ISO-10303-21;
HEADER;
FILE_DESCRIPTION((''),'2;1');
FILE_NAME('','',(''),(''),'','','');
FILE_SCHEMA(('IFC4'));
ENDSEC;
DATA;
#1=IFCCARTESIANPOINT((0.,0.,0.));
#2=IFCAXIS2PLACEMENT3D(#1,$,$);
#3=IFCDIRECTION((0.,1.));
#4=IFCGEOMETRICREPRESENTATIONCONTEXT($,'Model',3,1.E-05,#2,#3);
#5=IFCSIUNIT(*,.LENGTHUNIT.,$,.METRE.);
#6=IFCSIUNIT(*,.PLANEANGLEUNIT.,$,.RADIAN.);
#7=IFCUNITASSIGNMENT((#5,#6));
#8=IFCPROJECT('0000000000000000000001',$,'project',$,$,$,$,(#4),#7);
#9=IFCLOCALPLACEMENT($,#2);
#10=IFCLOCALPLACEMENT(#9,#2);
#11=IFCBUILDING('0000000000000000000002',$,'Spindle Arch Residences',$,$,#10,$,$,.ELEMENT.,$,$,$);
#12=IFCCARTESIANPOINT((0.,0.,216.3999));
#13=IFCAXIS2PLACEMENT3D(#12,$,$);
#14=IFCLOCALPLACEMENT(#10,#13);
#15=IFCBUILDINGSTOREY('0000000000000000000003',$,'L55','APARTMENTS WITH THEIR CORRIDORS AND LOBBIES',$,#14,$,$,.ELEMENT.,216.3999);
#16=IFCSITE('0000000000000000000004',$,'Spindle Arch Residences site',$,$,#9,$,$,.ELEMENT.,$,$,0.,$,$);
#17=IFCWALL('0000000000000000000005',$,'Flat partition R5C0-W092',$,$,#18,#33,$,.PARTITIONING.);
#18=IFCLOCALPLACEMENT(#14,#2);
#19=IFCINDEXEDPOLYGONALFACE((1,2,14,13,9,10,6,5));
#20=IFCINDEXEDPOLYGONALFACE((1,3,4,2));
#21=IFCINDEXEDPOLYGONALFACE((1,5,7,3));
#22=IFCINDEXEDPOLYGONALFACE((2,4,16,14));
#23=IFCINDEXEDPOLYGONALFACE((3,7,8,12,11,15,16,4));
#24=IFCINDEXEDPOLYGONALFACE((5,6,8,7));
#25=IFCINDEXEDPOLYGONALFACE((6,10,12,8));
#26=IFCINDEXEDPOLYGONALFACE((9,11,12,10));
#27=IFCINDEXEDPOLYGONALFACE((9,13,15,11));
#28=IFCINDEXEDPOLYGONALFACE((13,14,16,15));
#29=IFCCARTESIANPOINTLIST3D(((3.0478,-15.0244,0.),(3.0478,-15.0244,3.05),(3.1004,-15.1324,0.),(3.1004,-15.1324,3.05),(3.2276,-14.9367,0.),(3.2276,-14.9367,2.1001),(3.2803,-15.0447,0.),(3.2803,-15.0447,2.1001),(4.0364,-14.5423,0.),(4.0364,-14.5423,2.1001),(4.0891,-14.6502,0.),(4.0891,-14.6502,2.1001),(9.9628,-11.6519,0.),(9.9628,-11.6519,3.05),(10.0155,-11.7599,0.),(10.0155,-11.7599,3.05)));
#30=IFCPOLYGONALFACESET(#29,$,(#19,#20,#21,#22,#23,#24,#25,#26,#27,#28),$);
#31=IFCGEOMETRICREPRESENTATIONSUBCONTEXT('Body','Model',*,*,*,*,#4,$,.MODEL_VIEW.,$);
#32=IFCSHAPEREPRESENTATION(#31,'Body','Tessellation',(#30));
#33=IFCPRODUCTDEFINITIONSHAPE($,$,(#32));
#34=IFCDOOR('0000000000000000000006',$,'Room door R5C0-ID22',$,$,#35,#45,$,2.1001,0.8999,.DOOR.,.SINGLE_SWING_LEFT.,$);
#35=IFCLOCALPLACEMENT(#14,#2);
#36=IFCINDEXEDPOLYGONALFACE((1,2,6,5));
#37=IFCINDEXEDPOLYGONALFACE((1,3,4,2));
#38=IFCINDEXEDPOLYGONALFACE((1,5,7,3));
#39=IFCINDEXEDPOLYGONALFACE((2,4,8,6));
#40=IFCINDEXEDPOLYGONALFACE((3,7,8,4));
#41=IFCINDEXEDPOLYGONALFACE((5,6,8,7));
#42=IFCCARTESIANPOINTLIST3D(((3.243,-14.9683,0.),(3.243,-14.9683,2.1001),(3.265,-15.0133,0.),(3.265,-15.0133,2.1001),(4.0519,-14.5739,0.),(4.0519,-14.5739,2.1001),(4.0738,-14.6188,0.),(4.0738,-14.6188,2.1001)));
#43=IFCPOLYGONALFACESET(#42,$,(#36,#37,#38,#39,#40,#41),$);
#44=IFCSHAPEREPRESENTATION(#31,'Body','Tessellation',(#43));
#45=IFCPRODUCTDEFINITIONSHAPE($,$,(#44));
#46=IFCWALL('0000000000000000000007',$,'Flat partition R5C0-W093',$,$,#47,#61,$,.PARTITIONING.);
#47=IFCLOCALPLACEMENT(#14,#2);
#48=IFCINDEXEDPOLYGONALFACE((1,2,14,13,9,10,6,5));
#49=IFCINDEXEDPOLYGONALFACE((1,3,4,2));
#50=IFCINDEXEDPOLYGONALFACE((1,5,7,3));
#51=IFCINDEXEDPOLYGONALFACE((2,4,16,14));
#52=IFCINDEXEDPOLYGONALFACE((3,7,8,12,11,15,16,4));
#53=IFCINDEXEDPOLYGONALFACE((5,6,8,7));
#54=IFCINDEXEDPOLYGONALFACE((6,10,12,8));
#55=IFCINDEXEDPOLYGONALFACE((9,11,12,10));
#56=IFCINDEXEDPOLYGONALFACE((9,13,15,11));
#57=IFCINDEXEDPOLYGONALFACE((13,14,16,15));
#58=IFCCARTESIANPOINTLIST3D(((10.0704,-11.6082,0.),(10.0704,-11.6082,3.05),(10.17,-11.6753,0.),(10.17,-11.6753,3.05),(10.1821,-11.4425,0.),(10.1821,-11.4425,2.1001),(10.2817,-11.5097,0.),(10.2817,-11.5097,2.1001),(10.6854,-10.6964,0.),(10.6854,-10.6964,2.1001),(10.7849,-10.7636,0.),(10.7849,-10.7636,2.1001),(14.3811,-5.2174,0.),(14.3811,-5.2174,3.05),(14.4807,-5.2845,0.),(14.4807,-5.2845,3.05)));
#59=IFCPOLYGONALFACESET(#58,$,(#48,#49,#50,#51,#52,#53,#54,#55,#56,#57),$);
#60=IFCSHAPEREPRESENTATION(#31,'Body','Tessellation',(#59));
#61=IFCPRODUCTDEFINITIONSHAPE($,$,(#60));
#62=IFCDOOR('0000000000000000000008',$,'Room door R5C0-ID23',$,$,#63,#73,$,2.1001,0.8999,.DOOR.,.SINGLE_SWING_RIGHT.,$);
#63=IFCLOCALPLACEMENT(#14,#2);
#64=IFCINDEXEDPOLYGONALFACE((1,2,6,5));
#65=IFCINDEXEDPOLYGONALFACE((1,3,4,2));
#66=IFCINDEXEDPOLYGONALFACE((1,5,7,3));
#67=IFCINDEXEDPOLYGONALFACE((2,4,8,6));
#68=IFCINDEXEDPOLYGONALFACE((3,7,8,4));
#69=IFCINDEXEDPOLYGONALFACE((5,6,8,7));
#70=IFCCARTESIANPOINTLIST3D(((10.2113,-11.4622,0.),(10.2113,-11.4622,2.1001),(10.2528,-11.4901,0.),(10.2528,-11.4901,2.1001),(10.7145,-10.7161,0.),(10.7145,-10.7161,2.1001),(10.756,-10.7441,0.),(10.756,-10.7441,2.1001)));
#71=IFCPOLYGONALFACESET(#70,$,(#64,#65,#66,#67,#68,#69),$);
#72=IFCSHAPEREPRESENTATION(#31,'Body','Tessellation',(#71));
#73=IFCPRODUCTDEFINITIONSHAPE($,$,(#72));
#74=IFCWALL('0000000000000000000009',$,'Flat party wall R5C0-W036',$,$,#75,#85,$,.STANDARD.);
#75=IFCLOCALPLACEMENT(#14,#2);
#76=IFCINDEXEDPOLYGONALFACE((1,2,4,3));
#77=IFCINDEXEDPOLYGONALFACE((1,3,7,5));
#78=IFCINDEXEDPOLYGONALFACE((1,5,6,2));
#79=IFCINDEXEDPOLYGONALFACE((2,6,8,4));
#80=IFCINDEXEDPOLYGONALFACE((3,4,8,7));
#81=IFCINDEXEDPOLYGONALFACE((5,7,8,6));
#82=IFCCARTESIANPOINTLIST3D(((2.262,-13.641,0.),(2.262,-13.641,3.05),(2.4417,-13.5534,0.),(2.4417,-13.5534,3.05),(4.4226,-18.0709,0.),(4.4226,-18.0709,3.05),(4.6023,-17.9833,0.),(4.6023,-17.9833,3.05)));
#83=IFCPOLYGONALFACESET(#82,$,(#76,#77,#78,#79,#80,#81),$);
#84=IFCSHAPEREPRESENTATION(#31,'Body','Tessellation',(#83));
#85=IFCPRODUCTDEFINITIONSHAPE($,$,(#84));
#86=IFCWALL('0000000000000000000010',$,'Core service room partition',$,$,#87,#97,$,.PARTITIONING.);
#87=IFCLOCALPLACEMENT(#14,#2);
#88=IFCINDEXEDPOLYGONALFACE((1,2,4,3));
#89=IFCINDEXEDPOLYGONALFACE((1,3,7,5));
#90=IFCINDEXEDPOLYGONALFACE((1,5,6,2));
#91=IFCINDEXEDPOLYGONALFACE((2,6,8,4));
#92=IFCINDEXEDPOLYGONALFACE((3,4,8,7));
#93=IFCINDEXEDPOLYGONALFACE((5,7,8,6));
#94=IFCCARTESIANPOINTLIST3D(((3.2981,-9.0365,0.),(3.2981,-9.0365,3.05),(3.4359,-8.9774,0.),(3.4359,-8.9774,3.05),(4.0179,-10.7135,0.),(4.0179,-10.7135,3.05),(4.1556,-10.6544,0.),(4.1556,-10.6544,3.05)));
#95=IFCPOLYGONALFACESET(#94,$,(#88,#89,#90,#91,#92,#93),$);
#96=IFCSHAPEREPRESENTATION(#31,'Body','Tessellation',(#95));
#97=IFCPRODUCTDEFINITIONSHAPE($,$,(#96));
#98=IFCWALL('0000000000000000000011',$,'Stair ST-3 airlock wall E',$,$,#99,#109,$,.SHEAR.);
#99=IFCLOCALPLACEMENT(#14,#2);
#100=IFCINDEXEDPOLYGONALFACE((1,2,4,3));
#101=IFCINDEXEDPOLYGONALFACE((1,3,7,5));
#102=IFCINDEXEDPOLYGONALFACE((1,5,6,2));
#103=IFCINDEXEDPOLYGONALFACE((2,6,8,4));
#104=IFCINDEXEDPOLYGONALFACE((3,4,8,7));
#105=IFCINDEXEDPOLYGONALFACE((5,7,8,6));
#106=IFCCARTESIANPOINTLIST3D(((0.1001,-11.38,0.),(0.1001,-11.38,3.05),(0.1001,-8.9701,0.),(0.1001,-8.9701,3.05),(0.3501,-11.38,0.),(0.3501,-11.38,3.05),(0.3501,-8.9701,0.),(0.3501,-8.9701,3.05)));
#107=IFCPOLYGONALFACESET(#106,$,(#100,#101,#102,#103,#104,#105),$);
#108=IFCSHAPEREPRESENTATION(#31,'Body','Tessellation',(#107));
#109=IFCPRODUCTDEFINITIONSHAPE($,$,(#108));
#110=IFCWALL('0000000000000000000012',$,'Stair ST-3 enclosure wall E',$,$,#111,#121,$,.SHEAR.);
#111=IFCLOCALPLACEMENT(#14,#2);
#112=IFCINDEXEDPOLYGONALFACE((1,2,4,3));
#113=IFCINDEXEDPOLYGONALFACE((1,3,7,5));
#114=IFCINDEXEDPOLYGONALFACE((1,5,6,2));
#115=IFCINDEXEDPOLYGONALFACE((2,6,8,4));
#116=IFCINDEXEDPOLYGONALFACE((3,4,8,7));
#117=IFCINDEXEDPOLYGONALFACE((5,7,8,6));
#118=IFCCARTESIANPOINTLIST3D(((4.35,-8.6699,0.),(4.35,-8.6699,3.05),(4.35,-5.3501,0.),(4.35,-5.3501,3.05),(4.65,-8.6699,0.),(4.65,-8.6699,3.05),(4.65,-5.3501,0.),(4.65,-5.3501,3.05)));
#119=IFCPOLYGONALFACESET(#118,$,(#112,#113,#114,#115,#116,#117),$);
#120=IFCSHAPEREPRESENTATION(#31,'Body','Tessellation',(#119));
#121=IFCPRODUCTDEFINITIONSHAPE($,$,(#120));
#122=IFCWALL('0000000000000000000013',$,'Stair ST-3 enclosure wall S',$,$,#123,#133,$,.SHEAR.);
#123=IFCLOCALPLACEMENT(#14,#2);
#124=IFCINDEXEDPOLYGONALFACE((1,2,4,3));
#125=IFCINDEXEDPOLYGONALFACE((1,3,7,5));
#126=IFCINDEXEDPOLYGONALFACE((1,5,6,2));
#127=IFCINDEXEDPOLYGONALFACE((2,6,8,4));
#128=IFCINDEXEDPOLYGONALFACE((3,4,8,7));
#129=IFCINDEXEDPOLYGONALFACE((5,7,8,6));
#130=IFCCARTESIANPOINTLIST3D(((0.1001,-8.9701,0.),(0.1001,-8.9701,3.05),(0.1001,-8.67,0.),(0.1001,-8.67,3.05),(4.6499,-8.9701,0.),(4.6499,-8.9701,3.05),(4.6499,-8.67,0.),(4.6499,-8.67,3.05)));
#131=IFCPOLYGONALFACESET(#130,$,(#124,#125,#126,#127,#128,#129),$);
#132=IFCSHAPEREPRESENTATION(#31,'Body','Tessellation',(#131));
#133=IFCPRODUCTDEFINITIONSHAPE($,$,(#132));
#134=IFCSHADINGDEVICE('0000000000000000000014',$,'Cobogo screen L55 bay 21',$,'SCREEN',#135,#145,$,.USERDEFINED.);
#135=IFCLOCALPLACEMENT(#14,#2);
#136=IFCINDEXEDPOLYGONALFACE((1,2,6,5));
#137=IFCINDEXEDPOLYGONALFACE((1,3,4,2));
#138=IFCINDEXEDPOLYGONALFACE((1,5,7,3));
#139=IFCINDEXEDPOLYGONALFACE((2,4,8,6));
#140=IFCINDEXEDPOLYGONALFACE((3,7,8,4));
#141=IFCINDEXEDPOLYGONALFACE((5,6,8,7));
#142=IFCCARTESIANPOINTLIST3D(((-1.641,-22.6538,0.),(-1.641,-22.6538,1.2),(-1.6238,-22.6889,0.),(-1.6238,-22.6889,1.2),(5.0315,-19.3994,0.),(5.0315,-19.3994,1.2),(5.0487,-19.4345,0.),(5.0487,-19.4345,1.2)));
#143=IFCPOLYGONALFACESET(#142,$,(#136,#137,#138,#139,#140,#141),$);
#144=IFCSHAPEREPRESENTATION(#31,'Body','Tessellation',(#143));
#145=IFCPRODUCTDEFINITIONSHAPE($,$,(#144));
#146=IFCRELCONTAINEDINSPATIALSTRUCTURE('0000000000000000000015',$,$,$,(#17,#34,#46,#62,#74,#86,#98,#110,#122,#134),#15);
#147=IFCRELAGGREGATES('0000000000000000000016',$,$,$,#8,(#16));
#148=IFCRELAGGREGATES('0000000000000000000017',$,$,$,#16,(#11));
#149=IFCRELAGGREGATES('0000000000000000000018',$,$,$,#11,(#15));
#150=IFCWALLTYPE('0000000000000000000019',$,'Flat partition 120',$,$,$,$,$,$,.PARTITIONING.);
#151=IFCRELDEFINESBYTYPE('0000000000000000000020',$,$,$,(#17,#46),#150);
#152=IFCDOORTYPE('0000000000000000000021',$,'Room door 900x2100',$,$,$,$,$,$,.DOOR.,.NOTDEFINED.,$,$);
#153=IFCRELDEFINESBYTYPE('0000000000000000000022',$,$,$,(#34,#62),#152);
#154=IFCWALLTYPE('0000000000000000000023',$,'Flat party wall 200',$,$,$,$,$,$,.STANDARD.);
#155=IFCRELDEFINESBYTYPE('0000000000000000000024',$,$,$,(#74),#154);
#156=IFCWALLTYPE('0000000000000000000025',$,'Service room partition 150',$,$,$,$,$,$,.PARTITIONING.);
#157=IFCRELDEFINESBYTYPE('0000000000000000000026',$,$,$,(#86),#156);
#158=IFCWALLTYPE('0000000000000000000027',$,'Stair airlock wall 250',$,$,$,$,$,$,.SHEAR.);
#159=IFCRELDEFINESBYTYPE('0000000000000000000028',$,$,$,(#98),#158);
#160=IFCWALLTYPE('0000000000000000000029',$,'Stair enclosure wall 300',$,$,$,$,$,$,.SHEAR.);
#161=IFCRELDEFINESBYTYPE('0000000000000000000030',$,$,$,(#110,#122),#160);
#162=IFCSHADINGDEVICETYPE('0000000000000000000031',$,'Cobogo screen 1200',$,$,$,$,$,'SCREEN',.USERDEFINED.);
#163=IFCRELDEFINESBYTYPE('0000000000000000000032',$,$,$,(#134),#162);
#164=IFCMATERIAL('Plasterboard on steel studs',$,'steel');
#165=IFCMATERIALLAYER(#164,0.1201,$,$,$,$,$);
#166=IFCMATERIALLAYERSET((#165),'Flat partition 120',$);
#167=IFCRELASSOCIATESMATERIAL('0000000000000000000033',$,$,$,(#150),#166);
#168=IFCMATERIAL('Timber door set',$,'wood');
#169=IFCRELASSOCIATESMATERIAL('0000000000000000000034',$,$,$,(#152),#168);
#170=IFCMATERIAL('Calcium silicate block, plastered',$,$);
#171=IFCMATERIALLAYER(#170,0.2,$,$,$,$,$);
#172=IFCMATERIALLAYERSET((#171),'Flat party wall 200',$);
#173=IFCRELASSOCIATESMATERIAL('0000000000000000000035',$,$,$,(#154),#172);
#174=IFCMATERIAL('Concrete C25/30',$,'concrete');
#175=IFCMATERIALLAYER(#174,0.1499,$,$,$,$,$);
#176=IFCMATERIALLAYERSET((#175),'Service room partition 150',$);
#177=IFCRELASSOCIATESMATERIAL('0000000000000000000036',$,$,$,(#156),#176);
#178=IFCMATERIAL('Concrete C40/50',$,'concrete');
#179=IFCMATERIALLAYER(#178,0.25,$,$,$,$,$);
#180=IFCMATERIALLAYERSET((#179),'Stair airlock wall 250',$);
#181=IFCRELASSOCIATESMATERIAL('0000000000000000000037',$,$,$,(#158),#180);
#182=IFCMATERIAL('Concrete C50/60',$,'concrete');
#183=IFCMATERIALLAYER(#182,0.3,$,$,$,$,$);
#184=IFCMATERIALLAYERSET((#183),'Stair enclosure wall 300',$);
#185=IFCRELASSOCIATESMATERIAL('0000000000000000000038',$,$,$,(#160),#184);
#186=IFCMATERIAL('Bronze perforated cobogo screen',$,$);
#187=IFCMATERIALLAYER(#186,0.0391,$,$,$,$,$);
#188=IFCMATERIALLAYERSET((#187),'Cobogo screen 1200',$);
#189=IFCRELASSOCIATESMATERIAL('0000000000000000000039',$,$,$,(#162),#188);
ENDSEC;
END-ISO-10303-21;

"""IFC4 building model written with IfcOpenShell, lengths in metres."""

from ifc_helpers import new_model, si_unit, direction, frame, frame_2d, origin, origin_2d, place, context, subcontext, project, spatial, rectangle, extrude, material, layer, layer_set, type_object, element, fill, save


model = new_model("IFC4")

# Units and contexts
model_context = context("Model", 3, precision=1e-05, world=origin(), true_north=direction((0.0, 1.0)))
body_context = subcontext(model_context, "Body", "Model", "MODEL_VIEW")
ifc_project = project(units=[si_unit("LENGTHUNIT", "METRE"), si_unit("PLANEANGLEUNIT", "RADIAN")], contexts=[model_context])

# Site, building, storey
site_placement = place(None, origin())
site = spatial("IfcSite", under=ifc_project, at=site_placement, Name="Spindle Arch Residences site", CompositionType="ELEMENT", RefElevation=0.0)
building_placement = place(site_placement, origin())
building = spatial("IfcBuilding", under=site, at=building_placement, Name="Spindle Arch Residences", CompositionType="ELEMENT")
storey_placement = place(building_placement, frame((0.0, 0.0, 216.3999)))
storey = spatial("IfcBuildingStorey", under=building, at=storey_placement, Name="L55", Description="APARTMENTS WITH THEIR CORRIDORS AND LOBBIES", CompositionType="ELEMENT", Elevation=216.3999)

# Walls, openings, doors
ifc_material_1 = material(Name="Plasterboard on steel studs", Category="steel")
ifc_layer_1 = layer(ifc_material_1, 0.1201)
ifc_layer_set_1 = layer_set([ifc_layer_1], Name="Flat partition 120")
wall_type_1 = type_object("IfcWallType", Name="Flat partition 120", PredefinedType="PARTITIONING", material=ifc_layer_set_1)
wall_1_placement = place(storey_placement, frame((3.0742, -15.0784, 0.0), z_axis=(0.0, 0.0, 1.0), x_axis=(0.898801, 0.438357, 0.0)))
wall_1 = element("IfcWall", 1, at=wall_1_placement, inside=storey, type_object=wall_type_1, Name="Flat partition R5C0-W092", PredefinedType="PARTITIONING", context=body_context, shape_type="SweptSolid", body=[
    extrude(rectangle(XDim=7.6936, YDim=0.1201, at=frame_2d((3.8467, 0.0))), origin(), (0.0, 0.0, 1.0), 3.05),
])
opening_1_placement = place(wall_1_placement, frame((0.2, 0.0, 0.0)))
opening_1 = element("IfcOpeningElement", 2, at=opening_1_placement, cuts=wall_1, PredefinedType="OPENING", context=body_context, shape_type="SweptSolid", body=[
    extrude(rectangle(XDim=0.8999, YDim=2.1001, at=frame_2d((0.45, 1.05))), frame((0.0, 0.0701, 0.0), z_axis=(0.0, -1.0, 0.0), x_axis=(1.0, 0.0, 0.0)), (0.0, 0.0, 1.0), 0.1401),
])
ifc_material_2 = material(Name="Timber door set", Category="wood")
door_type_1 = type_object("IfcDoorType", Name="Room door 900x2100", OperationType="NOTDEFINED", PredefinedType="DOOR", material=ifc_material_2)
door_1_placement = place(opening_1_placement, origin())
door_1 = element("IfcDoor", 3, at=door_1_placement, inside=storey, type_object=door_type_1, Name="Room door R5C0-ID22", OperationType="SINGLE_SWING_LEFT", OverallHeight=2.1001, OverallWidth=0.8999, PredefinedType="DOOR", context=body_context, shape_type="SweptSolid", body=[
    extrude(rectangle(XDim=0.8999, YDim=2.1001, at=frame_2d((0.45, 1.05))), frame((0.0, 0.0249, 0.0), z_axis=(0.0, -1.0, 0.0), x_axis=(1.0, 0.0, 0.0)), (0.0, 0.0, 1.0), 0.05),
])
fill(opening_1, door_1)
wall_2_placement = place(storey_placement, frame((10.1201, -11.6418, 0.0), z_axis=(0.0, 0.0, 1.0), x_axis=(0.559201, 0.829032, 0.0)))
wall_2 = element("IfcWall", 4, at=wall_2_placement, inside=storey, type_object=wall_type_1, Name="Flat partition R5C0-W093", PredefinedType="PARTITIONING", context=body_context, shape_type="SweptSolid", body=[
    extrude(rectangle(XDim=7.7087, YDim=0.1201, at=frame_2d((3.8545, 0.0))), origin(), (0.0, 0.0, 1.0), 3.05),
])
opening_2_placement = place(wall_2_placement, frame((0.2, 0.0, 0.0)))
opening_2 = element("IfcOpeningElement", 5, at=opening_2_placement, cuts=wall_2, PredefinedType="OPENING", context=body_context, shape_type="SweptSolid", body=[
    extrude(rectangle(XDim=0.8999, YDim=2.1001, at=frame_2d((0.45, 1.05))), frame((0.0, 0.0701, 0.0), z_axis=(0.0, -1.0, 0.0), x_axis=(1.0, 0.0, 0.0)), (0.0, 0.0, 1.0), 0.1401),
])
door_2_placement = place(opening_2_placement, origin())
door_2 = element("IfcDoor", 6, at=door_2_placement, inside=storey, type_object=door_type_1, Name="Room door R5C0-ID23", OperationType="SINGLE_SWING_RIGHT", OverallHeight=2.1001, OverallWidth=0.8999, PredefinedType="DOOR", context=body_context, shape_type="SweptSolid", body=[
    extrude(rectangle(XDim=0.8999, YDim=2.1001, at=frame_2d((0.45, 1.05))), frame((0.0, 0.0249, 0.0), z_axis=(0.0, -1.0, 0.0), x_axis=(1.0, 0.0, 0.0)), (0.0, 0.0, 1.0), 0.05),
])
fill(opening_2, door_2)

# Wall
ifc_material_3 = material(Name="Calcium silicate block, plastered")
ifc_layer_2 = layer(ifc_material_3, 0.2)
ifc_layer_set_2 = layer_set([ifc_layer_2], Name="Flat party wall 200")
wall_type_2 = type_object("IfcWallType", Name="Flat party wall 200", PredefinedType="STANDARD", material=ifc_layer_set_2)
wall_3_placement = place(storey_placement, frame((4.5125, -18.0271, 0.0), z_axis=(0.0, 0.0, 1.0), x_axis=(-0.438375, 0.898792, 0.0)))
element("IfcWall", 7, at=wall_3_placement, inside=storey, type_object=wall_type_2, Name="Flat party wall R5C0-W036", PredefinedType="STANDARD", context=body_context, shape_type="SweptSolid", body=[
    extrude(rectangle(XDim=4.9287, YDim=0.2, at=frame_2d((2.4644, 0.0))), origin(), (0.0, 0.0, 1.0), 3.05),
])

# Walls
ifc_material_4 = material(Name="Concrete C25/30", Category="concrete")
ifc_layer_3 = layer(ifc_material_4, 0.1499)
ifc_layer_set_3 = layer_set([ifc_layer_3], Name="Service room partition 150")
wall_type_3 = type_object("IfcWallType", Name="Service room partition 150", PredefinedType="PARTITIONING", material=ifc_layer_set_3)
wall_4_placement = place(storey_placement, frame((3.3669, -9.0068, 0.0), z_axis=(0.0, 0.0, 1.0), x_axis=(0.394387, -0.918944, 0.0)))
element("IfcWall", 8, at=wall_4_placement, inside=storey, type_object=wall_type_3, Name="Core service room partition", PredefinedType="PARTITIONING", context=body_context, shape_type="SweptSolid", body=[
    extrude(rectangle(XDim=1.825, YDim=0.1499, at=frame_2d((0.9126, 0.0))), origin(), (0.0, 0.0, 1.0), 3.05),
])
ifc_material_5 = material(Name="Concrete C40/50", Category="concrete")
ifc_layer_4 = layer(ifc_material_5, 0.25)
ifc_layer_set_4 = layer_set([ifc_layer_4], Name="Stair airlock wall 250")
wall_type_4 = type_object("IfcWallType", Name="Stair airlock wall 250", PredefinedType="SHEAR", material=ifc_layer_set_4)
wall_5_placement = place(storey_placement, frame((0.2251, -8.97, 0.0), z_axis=(0.0, 0.0, 1.0), x_axis=(0.0, -1.0, 0.0)))
element("IfcWall", 9, at=wall_5_placement, inside=storey, type_object=wall_type_4, Name="Stair ST-3 airlock wall E", PredefinedType="SHEAR", context=body_context, shape_type="SweptSolid", body=[
    extrude(rectangle(XDim=2.4099, YDim=0.25, at=frame_2d((1.2051, 0.0))), origin(), (0.0, 0.0, 1.0), 3.05),
])
ifc_material_6 = material(Name="Concrete C50/60", Category="concrete")
ifc_layer_5 = layer(ifc_material_6, 0.3)
ifc_layer_set_5 = layer_set([ifc_layer_5], Name="Stair enclosure wall 300")
wall_type_5 = type_object("IfcWallType", Name="Stair enclosure wall 300", PredefinedType="SHEAR", material=ifc_layer_set_5)
wall_6_placement = place(storey_placement, frame((4.5, -8.6699, 0.0), z_axis=(0.0, 0.0, 1.0), x_axis=(0.0, 1.0, 0.0)))
element("IfcWall", 10, at=wall_6_placement, inside=storey, type_object=wall_type_5, Name="Stair ST-3 enclosure wall E", PredefinedType="SHEAR", context=body_context, shape_type="SweptSolid", body=[
    extrude(rectangle(XDim=3.3198, YDim=0.3, at=frame_2d((1.6599, 0.0))), origin(), (0.0, 0.0, 1.0), 3.05),
])
wall_7_placement = place(storey_placement, frame((0.1001, -8.8201, 0.0), z_axis=(0.0, 0.0, 1.0), x_axis=(1.0, 0.0, 0.0)))
element("IfcWall", 11, at=wall_7_placement, inside=storey, type_object=wall_type_5, Name="Stair ST-3 enclosure wall S", PredefinedType="SHEAR", context=body_context, shape_type="SweptSolid", body=[
    extrude(rectangle(XDim=4.5498, YDim=0.3, at=frame_2d((2.2749, 0.0))), origin(), (0.0, 0.0, 1.0), 3.05),
])

# Shading device
ifc_material_7 = material(Name="Bronze perforated cobogo screen")
ifc_layer_6 = layer(ifc_material_7, 0.0391)
ifc_layer_set_6 = layer_set([ifc_layer_6], Name="Cobogo screen 1200")
shading_device_type = type_object("IfcShadingDeviceType", Name="Cobogo screen 1200", ElementType="SCREEN", PredefinedType="USERDEFINED", material=ifc_layer_set_6)
shading_device_placement = place(storey_placement, frame((1.7039, -21.0442, 0.0), z_axis=(0.0, 0.0, 1.0), x_axis=(0.898794, 0.438371, 0.0)))
element("IfcShadingDevice", 12, at=shading_device_placement, inside=storey, type_object=shading_device_type, Name="Cobogo screen L55 bay 21", ObjectType="SCREEN", PredefinedType="USERDEFINED", context=body_context, shape_type="SweptSolid", body=[
    extrude(rectangle(XDim=7.4238, YDim=0.0391, at=origin_2d()), origin(), (0.0, 0.0, 1.0), 1.2),
])

save(model, "model.ifc")
